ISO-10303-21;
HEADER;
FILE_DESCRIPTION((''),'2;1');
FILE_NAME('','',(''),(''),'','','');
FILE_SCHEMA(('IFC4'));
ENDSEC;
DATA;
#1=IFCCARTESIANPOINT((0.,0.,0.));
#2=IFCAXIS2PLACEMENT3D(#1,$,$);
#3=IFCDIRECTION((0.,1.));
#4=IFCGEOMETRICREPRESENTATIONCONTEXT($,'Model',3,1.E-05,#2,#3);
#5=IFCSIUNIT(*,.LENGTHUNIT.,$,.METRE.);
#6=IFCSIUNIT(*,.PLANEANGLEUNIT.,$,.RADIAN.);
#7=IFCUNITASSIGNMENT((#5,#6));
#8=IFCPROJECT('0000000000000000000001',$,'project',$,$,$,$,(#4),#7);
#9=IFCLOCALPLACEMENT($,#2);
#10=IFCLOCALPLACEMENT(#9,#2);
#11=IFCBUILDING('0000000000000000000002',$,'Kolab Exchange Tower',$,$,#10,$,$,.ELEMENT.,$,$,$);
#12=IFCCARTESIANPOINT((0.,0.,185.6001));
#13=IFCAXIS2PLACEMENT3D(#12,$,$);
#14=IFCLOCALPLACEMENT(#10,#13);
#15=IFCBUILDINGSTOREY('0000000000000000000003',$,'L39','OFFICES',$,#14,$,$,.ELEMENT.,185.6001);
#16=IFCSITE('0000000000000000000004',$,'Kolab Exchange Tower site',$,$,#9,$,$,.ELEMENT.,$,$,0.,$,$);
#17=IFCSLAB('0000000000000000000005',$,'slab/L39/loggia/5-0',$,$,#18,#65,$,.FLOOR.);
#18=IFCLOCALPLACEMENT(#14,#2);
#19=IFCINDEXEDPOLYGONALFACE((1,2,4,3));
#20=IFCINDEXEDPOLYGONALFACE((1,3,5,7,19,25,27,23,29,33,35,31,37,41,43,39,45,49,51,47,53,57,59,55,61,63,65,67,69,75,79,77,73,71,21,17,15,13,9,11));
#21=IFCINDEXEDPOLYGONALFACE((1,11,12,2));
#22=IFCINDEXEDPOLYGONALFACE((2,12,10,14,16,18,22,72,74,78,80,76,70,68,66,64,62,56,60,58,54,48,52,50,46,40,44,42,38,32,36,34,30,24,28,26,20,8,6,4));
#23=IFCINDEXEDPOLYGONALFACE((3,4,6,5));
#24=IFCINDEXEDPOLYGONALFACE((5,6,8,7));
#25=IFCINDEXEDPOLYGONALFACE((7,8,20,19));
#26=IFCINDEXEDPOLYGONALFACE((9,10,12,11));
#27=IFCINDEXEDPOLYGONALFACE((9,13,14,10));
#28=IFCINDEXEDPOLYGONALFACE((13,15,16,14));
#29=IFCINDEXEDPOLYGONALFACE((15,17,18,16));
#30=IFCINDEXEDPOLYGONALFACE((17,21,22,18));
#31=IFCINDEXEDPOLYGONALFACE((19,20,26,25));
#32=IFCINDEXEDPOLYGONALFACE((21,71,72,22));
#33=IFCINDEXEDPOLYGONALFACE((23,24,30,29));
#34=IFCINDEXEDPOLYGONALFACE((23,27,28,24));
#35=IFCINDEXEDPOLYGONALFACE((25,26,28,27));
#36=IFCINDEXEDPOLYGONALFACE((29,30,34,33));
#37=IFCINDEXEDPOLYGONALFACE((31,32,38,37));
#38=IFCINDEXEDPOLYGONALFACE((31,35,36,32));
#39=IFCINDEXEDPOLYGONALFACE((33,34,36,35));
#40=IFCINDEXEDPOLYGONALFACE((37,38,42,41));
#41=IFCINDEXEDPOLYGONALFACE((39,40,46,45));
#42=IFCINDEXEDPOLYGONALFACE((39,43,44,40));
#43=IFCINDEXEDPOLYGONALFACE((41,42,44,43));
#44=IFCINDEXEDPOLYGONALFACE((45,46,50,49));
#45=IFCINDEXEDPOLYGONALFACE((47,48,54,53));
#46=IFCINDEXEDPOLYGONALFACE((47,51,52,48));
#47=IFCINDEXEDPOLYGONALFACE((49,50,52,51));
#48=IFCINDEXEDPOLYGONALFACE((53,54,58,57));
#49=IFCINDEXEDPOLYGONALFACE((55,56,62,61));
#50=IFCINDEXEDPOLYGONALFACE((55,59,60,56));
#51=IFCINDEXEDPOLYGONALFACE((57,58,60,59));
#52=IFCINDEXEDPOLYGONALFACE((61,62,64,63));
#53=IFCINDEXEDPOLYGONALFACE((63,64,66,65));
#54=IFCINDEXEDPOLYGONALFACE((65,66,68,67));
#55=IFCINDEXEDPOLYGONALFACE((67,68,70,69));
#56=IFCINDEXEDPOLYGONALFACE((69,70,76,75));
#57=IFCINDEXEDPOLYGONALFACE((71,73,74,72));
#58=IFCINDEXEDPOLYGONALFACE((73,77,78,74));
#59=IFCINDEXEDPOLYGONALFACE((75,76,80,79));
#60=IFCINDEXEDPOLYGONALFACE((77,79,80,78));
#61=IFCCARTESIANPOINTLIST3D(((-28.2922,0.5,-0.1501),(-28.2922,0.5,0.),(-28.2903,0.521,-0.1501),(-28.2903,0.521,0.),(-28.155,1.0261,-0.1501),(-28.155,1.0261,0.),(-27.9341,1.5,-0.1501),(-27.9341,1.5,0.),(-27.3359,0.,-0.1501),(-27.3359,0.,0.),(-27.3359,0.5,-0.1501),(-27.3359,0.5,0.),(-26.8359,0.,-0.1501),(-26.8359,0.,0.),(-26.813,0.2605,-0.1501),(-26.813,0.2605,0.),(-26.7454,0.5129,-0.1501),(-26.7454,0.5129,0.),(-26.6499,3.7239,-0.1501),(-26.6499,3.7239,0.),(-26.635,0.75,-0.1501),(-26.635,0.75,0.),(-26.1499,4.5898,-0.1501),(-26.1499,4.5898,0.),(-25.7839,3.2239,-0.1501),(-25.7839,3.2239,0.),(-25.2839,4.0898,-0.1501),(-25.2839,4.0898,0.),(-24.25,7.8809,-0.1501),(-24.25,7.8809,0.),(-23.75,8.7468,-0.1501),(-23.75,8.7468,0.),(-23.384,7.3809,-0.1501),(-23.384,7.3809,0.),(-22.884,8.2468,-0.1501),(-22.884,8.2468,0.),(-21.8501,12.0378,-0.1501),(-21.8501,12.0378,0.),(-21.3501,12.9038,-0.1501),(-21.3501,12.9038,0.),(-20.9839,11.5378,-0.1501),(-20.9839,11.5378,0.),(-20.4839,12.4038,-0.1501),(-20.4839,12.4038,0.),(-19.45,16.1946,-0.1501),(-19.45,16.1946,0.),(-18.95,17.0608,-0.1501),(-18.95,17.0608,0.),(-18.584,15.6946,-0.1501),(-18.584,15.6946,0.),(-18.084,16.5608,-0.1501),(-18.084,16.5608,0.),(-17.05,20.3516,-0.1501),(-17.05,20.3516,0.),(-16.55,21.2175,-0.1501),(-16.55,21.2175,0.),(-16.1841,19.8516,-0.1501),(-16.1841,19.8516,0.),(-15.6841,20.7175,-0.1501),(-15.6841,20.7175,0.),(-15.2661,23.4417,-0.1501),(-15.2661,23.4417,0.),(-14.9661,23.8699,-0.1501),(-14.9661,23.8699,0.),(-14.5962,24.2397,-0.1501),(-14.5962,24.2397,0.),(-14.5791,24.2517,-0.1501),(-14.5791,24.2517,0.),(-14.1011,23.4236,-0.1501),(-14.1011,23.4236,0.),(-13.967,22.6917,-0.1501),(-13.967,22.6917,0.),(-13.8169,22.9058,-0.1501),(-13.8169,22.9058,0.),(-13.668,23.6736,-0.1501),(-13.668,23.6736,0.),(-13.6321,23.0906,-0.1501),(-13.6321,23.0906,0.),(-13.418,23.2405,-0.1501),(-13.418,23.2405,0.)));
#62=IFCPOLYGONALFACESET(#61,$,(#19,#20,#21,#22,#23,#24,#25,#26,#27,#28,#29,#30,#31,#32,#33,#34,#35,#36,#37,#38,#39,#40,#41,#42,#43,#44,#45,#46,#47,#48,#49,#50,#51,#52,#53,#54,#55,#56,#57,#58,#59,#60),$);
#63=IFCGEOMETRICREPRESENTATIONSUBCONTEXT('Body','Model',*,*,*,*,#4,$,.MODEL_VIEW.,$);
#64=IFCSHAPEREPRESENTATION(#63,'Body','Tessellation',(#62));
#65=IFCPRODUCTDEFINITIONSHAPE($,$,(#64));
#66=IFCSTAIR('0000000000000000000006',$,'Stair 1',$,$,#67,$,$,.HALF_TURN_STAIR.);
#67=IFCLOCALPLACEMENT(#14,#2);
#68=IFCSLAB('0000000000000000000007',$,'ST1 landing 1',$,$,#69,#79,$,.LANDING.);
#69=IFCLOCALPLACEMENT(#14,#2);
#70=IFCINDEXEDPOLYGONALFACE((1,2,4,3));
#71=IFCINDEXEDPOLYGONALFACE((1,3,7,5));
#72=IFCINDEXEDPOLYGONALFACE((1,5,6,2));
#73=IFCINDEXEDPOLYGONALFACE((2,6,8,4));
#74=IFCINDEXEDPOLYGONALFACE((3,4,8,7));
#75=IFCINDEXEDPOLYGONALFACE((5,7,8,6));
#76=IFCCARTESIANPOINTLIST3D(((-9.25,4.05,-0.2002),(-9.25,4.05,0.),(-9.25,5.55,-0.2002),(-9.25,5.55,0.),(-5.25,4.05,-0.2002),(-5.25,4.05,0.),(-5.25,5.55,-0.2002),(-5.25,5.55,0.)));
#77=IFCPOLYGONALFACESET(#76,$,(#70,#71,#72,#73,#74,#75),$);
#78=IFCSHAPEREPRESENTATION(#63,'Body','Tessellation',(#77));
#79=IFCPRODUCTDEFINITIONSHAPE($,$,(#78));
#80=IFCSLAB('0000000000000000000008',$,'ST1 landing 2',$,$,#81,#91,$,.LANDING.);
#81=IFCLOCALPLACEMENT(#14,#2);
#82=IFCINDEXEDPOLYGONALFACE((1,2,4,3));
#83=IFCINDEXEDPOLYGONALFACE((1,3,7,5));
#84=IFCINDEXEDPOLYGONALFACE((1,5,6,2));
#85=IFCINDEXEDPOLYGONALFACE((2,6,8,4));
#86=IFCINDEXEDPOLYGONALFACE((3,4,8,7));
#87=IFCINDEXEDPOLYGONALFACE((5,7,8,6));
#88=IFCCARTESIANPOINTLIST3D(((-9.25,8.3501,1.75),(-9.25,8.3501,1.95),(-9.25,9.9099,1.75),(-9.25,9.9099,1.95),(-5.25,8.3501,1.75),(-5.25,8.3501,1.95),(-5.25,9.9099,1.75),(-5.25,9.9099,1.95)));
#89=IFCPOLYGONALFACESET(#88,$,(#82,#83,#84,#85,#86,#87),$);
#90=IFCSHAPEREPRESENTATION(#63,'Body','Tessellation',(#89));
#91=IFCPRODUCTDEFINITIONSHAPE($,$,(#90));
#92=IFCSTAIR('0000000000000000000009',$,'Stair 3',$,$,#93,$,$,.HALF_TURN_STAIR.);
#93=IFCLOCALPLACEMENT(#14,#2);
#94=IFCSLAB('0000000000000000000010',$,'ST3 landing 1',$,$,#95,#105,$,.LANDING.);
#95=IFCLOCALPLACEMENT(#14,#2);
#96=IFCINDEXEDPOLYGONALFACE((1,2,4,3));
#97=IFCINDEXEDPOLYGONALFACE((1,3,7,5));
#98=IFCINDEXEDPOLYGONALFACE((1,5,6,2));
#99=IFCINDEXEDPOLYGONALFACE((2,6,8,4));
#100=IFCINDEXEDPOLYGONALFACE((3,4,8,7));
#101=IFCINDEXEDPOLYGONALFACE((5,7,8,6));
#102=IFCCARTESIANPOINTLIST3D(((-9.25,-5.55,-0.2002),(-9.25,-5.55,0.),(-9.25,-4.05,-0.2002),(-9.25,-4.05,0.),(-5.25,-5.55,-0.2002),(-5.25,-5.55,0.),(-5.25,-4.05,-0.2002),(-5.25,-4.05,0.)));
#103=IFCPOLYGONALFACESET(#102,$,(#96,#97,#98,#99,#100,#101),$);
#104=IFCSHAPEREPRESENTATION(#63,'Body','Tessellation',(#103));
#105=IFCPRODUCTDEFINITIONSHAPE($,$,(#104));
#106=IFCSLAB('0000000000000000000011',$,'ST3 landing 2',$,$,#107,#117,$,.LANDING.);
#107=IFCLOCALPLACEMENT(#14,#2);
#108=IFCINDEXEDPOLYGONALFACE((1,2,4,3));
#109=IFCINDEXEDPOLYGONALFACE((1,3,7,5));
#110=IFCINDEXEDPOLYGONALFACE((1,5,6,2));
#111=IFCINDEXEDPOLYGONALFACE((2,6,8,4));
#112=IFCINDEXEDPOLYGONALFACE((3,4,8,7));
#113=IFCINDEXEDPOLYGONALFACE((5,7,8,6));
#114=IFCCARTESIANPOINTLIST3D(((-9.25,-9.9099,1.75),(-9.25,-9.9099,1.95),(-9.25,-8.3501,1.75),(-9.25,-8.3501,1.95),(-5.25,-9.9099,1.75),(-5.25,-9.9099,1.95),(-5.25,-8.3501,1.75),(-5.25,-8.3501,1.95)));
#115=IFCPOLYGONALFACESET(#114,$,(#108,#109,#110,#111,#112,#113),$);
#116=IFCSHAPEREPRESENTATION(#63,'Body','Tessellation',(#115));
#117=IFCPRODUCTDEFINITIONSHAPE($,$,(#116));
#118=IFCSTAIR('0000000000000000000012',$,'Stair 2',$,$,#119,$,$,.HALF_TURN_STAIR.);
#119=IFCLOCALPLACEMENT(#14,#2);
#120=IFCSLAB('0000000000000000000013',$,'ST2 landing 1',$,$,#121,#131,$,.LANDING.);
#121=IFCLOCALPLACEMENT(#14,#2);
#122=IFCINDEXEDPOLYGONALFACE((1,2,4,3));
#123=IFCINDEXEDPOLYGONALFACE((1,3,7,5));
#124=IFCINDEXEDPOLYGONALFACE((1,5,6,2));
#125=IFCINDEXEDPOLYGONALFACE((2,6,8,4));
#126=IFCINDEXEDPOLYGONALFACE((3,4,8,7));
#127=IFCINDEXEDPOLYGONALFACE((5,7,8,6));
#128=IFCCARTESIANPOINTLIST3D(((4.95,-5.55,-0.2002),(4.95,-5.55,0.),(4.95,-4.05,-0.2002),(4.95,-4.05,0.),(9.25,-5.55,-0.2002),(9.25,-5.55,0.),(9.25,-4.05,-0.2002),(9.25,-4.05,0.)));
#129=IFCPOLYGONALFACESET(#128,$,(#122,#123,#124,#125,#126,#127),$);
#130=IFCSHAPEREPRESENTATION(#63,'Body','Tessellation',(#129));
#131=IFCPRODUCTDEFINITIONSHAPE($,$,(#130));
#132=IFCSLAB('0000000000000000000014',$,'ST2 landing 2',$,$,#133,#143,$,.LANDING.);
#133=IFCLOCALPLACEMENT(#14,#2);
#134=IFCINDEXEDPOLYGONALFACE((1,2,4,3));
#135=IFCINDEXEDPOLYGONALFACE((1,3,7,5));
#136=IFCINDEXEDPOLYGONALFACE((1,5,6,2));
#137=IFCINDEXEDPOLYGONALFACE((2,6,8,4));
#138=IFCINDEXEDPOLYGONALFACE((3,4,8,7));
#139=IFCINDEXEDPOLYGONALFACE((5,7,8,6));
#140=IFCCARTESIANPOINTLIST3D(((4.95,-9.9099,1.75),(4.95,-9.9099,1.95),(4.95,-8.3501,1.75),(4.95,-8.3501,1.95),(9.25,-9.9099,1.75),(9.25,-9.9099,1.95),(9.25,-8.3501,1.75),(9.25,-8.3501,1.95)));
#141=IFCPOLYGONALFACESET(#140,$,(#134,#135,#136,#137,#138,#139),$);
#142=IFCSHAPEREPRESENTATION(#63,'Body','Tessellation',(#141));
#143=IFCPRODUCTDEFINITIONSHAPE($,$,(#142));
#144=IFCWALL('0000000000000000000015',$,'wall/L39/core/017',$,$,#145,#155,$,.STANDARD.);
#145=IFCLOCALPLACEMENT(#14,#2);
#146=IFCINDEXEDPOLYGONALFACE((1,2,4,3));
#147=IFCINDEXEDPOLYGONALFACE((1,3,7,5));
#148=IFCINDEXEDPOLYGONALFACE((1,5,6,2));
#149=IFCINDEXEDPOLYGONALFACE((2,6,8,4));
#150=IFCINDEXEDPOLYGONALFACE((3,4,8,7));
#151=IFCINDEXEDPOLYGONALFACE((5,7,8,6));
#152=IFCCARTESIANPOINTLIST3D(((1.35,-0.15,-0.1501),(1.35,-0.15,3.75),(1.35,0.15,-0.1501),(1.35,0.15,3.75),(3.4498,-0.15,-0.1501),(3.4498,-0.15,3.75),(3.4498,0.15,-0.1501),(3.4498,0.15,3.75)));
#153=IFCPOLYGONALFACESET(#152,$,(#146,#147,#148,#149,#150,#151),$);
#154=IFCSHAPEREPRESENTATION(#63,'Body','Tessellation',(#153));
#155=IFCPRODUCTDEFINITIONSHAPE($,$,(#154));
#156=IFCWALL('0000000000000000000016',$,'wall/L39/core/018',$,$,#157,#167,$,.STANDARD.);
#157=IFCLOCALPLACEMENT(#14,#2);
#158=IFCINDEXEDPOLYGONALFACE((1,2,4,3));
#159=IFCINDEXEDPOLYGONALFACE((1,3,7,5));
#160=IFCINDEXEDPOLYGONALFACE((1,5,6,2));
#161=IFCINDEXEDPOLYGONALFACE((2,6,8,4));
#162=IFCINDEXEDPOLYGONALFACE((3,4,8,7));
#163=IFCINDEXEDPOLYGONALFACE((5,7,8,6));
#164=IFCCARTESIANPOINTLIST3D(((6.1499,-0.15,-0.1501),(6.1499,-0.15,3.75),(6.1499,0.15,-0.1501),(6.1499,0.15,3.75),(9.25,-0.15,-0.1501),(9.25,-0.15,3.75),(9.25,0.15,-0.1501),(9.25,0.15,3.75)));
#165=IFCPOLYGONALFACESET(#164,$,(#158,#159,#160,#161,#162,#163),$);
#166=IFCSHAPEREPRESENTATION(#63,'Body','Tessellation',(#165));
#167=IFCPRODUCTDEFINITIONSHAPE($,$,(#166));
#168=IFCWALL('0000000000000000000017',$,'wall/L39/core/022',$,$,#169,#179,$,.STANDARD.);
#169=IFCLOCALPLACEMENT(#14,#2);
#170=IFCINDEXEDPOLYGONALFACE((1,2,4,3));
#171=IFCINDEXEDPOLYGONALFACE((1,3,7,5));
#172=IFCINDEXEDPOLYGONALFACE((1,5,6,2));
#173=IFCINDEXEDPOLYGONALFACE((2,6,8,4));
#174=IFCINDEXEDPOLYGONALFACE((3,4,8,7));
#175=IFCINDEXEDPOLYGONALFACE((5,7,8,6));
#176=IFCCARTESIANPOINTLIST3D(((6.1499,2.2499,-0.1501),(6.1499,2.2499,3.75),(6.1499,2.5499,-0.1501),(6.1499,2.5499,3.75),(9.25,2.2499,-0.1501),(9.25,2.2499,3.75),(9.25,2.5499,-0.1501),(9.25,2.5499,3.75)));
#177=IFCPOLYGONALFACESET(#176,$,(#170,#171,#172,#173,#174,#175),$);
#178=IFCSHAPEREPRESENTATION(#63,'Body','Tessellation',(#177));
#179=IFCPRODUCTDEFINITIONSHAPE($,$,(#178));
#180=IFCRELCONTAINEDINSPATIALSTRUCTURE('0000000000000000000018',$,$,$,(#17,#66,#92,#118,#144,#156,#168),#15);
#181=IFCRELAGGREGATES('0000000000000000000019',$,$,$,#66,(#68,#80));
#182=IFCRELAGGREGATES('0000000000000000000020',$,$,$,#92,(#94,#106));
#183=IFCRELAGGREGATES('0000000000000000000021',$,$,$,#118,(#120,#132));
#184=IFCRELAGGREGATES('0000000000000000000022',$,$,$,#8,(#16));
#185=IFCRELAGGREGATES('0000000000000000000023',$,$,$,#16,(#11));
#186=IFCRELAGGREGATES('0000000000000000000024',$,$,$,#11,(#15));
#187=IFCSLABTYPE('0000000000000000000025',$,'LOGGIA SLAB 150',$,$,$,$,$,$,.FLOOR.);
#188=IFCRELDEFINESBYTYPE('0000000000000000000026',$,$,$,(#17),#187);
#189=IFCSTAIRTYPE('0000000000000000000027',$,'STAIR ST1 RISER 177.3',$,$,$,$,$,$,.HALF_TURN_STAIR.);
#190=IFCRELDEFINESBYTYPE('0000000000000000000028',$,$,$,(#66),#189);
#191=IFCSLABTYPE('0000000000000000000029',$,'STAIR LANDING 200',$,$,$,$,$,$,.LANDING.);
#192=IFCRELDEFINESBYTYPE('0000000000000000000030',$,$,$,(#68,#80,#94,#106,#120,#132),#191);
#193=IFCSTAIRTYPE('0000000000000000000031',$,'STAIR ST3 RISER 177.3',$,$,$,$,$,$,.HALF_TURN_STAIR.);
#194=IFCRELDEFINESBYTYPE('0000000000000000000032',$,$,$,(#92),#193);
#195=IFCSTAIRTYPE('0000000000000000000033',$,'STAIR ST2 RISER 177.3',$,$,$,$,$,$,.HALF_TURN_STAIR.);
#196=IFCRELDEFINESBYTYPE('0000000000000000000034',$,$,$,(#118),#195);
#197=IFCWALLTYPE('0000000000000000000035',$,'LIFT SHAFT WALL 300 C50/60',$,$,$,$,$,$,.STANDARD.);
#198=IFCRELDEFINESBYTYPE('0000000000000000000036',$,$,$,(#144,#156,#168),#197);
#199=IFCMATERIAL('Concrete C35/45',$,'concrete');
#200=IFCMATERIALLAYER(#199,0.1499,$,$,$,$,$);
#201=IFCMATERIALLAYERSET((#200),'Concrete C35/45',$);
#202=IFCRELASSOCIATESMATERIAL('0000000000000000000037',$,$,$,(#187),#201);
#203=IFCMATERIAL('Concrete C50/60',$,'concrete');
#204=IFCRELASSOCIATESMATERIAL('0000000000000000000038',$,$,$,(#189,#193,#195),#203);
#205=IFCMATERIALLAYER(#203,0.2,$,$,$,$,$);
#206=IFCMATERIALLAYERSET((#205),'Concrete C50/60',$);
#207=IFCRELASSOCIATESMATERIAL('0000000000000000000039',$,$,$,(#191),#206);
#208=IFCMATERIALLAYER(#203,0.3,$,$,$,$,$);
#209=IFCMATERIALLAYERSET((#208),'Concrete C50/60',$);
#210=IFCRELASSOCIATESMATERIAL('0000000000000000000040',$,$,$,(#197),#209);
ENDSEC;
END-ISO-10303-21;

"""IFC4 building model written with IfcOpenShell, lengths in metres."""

from ifc_helpers import new_model, si_unit, direction, frame, frame_2d, origin, place, context, subcontext, project, spatial, polyline, rectangle, outline, extrude, material, layer, layer_set, type_object, element, aggregate, save


model = new_model("IFC4")

# Units and contexts
model_context = context("Model", 3, precision=1e-05, world=origin(), true_north=direction((0.0, 1.0)))
body_context = subcontext(model_context, "Body", "Model", "MODEL_VIEW")
ifc_project = project(units=[si_unit("LENGTHUNIT", "METRE"), si_unit("PLANEANGLEUNIT", "RADIAN")], contexts=[model_context])

# Site, building, storey
site_placement = place(None, origin())
site = spatial("IfcSite", under=ifc_project, at=site_placement, Name="Kolab Exchange Tower site", CompositionType="ELEMENT", RefElevation=0.0)
building_placement = place(site_placement, origin())
building = spatial("IfcBuilding", under=site, at=building_placement, Name="Kolab Exchange Tower", CompositionType="ELEMENT")
storey_placement = place(building_placement, frame((0.0, 0.0, 185.6001)))
storey = spatial("IfcBuildingStorey", under=building, at=storey_placement, Name="L39", Description="OFFICES", CompositionType="ELEMENT", Elevation=185.6001)

# Slab
ifc_material_1 = material(Name="Concrete C35/45", Category="concrete")
ifc_layer_1 = layer(ifc_material_1, 0.1499)
ifc_layer_set_1 = layer_set([ifc_layer_1], Name="Concrete C35/45")
slab_type_1 = type_object("IfcSlabType", Name="LOGGIA SLAB 150", PredefinedType="FLOOR", material=ifc_layer_set_1)
slab_1_placement = place(storey_placement, frame((0.0, 0.0, -0.1501)))
element("IfcSlab", 1, at=slab_1_placement, inside=storey, type_object=slab_type_1, Name="slab/L39/loggia/5-0", PredefinedType="FLOOR", context=body_context, shape_type="SweptSolid", body=[
    extrude(outline(polyline([(-13.418, 23.2405), (-13.668, 23.6736), (-14.1011, 23.4236), (-14.5791, 24.2517), (-14.5962, 24.2397), (-14.9661, 23.8699), (-15.2661, 23.4417), (-16.55, 21.2175), (-15.6841, 20.7175), (-16.1841, 19.8516), (-17.05, 20.3516), (-18.95, 17.0608), (-18.084, 16.5608), (-18.584, 15.6946), (-19.45, 16.1946), (-21.3501, 12.9038), (-20.4839, 12.4038), (-20.9839, 11.5378), (-21.8501, 12.0378), (-23.75, 8.7468), (-22.884, 8.2468), (-23.384, 7.3809), (-24.25, 7.8809), (-26.1499, 4.5898), (-25.2839, 4.0898), (-25.7839, 3.2239), (-26.6499, 3.7239), (-27.9341, 1.5), (-28.155, 1.0261), (-28.2903, 0.521), (-28.2922, 0.5), (-27.3359, 0.5), (-27.3359, 0.0), (-26.8359, 0.0), (-26.813, 0.2605), (-26.7454, 0.5129), (-26.635, 0.75), (-13.967, 22.6917), (-13.8169, 22.9058), (-13.6321, 23.0906), (-13.418, 23.2405)])), origin(), (0.0, 0.0, 1.0), 0.1501),
])

# Stairs, slabs
ifc_material_2 = material(Name="Concrete C50/60", Category="concrete")
stair_type_1 = type_object("IfcStairType", Name="STAIR ST1 RISER 177.3", PredefinedType="HALF_TURN_STAIR", material=ifc_material_2)
stair_1_placement = place(storey_placement, origin())
stair_1 = element("IfcStair", 2, at=stair_1_placement, inside=storey, type_object=stair_type_1, Name="Stair 1", PredefinedType="HALF_TURN_STAIR")
ifc_layer_2 = layer(ifc_material_2, 0.2)
ifc_layer_set_2 = layer_set([ifc_layer_2], Name="Concrete C50/60")
slab_type_2 = type_object("IfcSlabType", Name="STAIR LANDING 200", PredefinedType="LANDING", material=ifc_layer_set_2)
slab_2_placement = place(storey_placement, frame((0.0, 0.0, -0.2002)))
slab_2 = element("IfcSlab", 3, at=slab_2_placement, type_object=slab_type_2, Name="ST1 landing 1", PredefinedType="LANDING", context=body_context, shape_type="SweptSolid", body=[
    extrude(outline(polyline([(-9.25, 4.05), (-5.25, 4.05), (-5.25, 5.55), (-9.25, 5.55), (-9.25, 4.05)])), origin(), (0.0, 0.0, 1.0), 0.2002),
])
slab_3_placement = place(storey_placement, frame((0.0, 0.0, 1.75)))
slab_3 = element("IfcSlab", 4, at=slab_3_placement, type_object=slab_type_2, Name="ST1 landing 2", PredefinedType="LANDING", context=body_context, shape_type="SweptSolid", body=[
    extrude(outline(polyline([(-9.25, 8.3501), (-5.25, 8.3501), (-5.25, 9.9099), (-9.25, 9.9099), (-9.25, 8.3501)])), origin(), (0.0, 0.0, 1.0), 0.2),
])
aggregate(stair_1, [slab_2, slab_3])
stair_type_2 = type_object("IfcStairType", Name="STAIR ST3 RISER 177.3", PredefinedType="HALF_TURN_STAIR", material=ifc_material_2)
stair_2_placement = place(storey_placement, origin())
stair_2 = element("IfcStair", 5, at=stair_2_placement, inside=storey, type_object=stair_type_2, Name="Stair 3", PredefinedType="HALF_TURN_STAIR")
slab_4_placement = place(storey_placement, frame((0.0, 0.0, -0.2002)))
slab_4 = element("IfcSlab", 6, at=slab_4_placement, type_object=slab_type_2, Name="ST3 landing 1", PredefinedType="LANDING", context=body_context, shape_type="SweptSolid", body=[
    extrude(outline(polyline([(-9.25, -5.55), (-5.25, -5.55), (-5.25, -4.05), (-9.25, -4.05), (-9.25, -5.55)])), origin(), (0.0, 0.0, 1.0), 0.2002),
])
slab_5_placement = place(storey_placement, frame((0.0, 0.0, 1.75)))
slab_5 = element("IfcSlab", 7, at=slab_5_placement, type_object=slab_type_2, Name="ST3 landing 2", PredefinedType="LANDING", context=body_context, shape_type="SweptSolid", body=[
    extrude(outline(polyline([(-9.25, -9.9099), (-5.25, -9.9099), (-5.25, -8.3501), (-9.25, -8.3501), (-9.25, -9.9099)])), origin(), (0.0, 0.0, 1.0), 0.2),
])
aggregate(stair_2, [slab_4, slab_5])
stair_type_3 = type_object("IfcStairType", Name="STAIR ST2 RISER 177.3", PredefinedType="HALF_TURN_STAIR", material=ifc_material_2)
stair_3_placement = place(storey_placement, origin())
stair_3 = element("IfcStair", 8, at=stair_3_placement, inside=storey, type_object=stair_type_3, Name="Stair 2", PredefinedType="HALF_TURN_STAIR")
slab_6_placement = place(storey_placement, frame((0.0, 0.0, -0.2002)))
slab_6 = element("IfcSlab", 9, at=slab_6_placement, type_object=slab_type_2, Name="ST2 landing 1", PredefinedType="LANDING", context=body_context, shape_type="SweptSolid", body=[
    extrude(outline(polyline([(4.95, -5.55), (9.25, -5.55), (9.25, -4.05), (4.95, -4.05), (4.95, -5.55)])), origin(), (0.0, 0.0, 1.0), 0.2002),
])
slab_7_placement = place(storey_placement, frame((0.0, 0.0, 1.75)))
slab_7 = element("IfcSlab", 10, at=slab_7_placement, type_object=slab_type_2, Name="ST2 landing 2", PredefinedType="LANDING", context=body_context, shape_type="SweptSolid", body=[
    extrude(outline(polyline([(4.95, -9.9099), (9.25, -9.9099), (9.25, -8.3501), (4.95, -8.3501), (4.95, -9.9099)])), origin(), (0.0, 0.0, 1.0), 0.2),
])
aggregate(stair_3, [slab_6, slab_7])

# Walls
ifc_layer_3 = layer(ifc_material_2, 0.3)
ifc_layer_set_3 = layer_set([ifc_layer_3], Name="Concrete C50/60")
wall_type_1 = type_object("IfcWallType", Name="LIFT SHAFT WALL 300 C50/60", PredefinedType="STANDARD", material=ifc_layer_set_3)
wall_1_placement = place(storey_placement, frame((1.3501, 0.0, -0.1501), z_axis=(0.0, 0.0, 1.0), x_axis=(1.0, 0.0, 0.0)))
element("IfcWall", 11, at=wall_1_placement, inside=storey, type_object=wall_type_1, Name="wall/L39/core/017", PredefinedType="STANDARD", context=body_context, shape_type="SweptSolid", body=[
    extrude(rectangle(XDim=2.0999, YDim=0.3, at=frame_2d((1.0498, 0.0))), origin(), (0.0, 0.0, 1.0), 3.9001),
])
for number, where, z_axis, x_axis, name in (
    (12, (6.1499, 0.0, -0.1501), (0.0, 0.0, 1.0), (1.0, 0.0, 0.0), "wall/L39/core/018"),
    (13, (6.1499, 2.3999, -0.1501), (0.0, 0.0, 1.0), (1.0, 0.0, 0.0), "wall/L39/core/022"),
):
    element("IfcWall", number, at=place(storey_placement, frame(where, z_axis=z_axis, x_axis=x_axis)), inside=storey, type_object=wall_type_1, Name=name, PredefinedType="STANDARD", context=body_context, shape_type="SweptSolid", body=[
        extrude(rectangle(XDim=3.1001, YDim=0.3, at=frame_2d((1.55, 0.0))), origin(), (0.0, 0.0, 1.0), 3.9001),
    ])

save(model, "model.ifc")
